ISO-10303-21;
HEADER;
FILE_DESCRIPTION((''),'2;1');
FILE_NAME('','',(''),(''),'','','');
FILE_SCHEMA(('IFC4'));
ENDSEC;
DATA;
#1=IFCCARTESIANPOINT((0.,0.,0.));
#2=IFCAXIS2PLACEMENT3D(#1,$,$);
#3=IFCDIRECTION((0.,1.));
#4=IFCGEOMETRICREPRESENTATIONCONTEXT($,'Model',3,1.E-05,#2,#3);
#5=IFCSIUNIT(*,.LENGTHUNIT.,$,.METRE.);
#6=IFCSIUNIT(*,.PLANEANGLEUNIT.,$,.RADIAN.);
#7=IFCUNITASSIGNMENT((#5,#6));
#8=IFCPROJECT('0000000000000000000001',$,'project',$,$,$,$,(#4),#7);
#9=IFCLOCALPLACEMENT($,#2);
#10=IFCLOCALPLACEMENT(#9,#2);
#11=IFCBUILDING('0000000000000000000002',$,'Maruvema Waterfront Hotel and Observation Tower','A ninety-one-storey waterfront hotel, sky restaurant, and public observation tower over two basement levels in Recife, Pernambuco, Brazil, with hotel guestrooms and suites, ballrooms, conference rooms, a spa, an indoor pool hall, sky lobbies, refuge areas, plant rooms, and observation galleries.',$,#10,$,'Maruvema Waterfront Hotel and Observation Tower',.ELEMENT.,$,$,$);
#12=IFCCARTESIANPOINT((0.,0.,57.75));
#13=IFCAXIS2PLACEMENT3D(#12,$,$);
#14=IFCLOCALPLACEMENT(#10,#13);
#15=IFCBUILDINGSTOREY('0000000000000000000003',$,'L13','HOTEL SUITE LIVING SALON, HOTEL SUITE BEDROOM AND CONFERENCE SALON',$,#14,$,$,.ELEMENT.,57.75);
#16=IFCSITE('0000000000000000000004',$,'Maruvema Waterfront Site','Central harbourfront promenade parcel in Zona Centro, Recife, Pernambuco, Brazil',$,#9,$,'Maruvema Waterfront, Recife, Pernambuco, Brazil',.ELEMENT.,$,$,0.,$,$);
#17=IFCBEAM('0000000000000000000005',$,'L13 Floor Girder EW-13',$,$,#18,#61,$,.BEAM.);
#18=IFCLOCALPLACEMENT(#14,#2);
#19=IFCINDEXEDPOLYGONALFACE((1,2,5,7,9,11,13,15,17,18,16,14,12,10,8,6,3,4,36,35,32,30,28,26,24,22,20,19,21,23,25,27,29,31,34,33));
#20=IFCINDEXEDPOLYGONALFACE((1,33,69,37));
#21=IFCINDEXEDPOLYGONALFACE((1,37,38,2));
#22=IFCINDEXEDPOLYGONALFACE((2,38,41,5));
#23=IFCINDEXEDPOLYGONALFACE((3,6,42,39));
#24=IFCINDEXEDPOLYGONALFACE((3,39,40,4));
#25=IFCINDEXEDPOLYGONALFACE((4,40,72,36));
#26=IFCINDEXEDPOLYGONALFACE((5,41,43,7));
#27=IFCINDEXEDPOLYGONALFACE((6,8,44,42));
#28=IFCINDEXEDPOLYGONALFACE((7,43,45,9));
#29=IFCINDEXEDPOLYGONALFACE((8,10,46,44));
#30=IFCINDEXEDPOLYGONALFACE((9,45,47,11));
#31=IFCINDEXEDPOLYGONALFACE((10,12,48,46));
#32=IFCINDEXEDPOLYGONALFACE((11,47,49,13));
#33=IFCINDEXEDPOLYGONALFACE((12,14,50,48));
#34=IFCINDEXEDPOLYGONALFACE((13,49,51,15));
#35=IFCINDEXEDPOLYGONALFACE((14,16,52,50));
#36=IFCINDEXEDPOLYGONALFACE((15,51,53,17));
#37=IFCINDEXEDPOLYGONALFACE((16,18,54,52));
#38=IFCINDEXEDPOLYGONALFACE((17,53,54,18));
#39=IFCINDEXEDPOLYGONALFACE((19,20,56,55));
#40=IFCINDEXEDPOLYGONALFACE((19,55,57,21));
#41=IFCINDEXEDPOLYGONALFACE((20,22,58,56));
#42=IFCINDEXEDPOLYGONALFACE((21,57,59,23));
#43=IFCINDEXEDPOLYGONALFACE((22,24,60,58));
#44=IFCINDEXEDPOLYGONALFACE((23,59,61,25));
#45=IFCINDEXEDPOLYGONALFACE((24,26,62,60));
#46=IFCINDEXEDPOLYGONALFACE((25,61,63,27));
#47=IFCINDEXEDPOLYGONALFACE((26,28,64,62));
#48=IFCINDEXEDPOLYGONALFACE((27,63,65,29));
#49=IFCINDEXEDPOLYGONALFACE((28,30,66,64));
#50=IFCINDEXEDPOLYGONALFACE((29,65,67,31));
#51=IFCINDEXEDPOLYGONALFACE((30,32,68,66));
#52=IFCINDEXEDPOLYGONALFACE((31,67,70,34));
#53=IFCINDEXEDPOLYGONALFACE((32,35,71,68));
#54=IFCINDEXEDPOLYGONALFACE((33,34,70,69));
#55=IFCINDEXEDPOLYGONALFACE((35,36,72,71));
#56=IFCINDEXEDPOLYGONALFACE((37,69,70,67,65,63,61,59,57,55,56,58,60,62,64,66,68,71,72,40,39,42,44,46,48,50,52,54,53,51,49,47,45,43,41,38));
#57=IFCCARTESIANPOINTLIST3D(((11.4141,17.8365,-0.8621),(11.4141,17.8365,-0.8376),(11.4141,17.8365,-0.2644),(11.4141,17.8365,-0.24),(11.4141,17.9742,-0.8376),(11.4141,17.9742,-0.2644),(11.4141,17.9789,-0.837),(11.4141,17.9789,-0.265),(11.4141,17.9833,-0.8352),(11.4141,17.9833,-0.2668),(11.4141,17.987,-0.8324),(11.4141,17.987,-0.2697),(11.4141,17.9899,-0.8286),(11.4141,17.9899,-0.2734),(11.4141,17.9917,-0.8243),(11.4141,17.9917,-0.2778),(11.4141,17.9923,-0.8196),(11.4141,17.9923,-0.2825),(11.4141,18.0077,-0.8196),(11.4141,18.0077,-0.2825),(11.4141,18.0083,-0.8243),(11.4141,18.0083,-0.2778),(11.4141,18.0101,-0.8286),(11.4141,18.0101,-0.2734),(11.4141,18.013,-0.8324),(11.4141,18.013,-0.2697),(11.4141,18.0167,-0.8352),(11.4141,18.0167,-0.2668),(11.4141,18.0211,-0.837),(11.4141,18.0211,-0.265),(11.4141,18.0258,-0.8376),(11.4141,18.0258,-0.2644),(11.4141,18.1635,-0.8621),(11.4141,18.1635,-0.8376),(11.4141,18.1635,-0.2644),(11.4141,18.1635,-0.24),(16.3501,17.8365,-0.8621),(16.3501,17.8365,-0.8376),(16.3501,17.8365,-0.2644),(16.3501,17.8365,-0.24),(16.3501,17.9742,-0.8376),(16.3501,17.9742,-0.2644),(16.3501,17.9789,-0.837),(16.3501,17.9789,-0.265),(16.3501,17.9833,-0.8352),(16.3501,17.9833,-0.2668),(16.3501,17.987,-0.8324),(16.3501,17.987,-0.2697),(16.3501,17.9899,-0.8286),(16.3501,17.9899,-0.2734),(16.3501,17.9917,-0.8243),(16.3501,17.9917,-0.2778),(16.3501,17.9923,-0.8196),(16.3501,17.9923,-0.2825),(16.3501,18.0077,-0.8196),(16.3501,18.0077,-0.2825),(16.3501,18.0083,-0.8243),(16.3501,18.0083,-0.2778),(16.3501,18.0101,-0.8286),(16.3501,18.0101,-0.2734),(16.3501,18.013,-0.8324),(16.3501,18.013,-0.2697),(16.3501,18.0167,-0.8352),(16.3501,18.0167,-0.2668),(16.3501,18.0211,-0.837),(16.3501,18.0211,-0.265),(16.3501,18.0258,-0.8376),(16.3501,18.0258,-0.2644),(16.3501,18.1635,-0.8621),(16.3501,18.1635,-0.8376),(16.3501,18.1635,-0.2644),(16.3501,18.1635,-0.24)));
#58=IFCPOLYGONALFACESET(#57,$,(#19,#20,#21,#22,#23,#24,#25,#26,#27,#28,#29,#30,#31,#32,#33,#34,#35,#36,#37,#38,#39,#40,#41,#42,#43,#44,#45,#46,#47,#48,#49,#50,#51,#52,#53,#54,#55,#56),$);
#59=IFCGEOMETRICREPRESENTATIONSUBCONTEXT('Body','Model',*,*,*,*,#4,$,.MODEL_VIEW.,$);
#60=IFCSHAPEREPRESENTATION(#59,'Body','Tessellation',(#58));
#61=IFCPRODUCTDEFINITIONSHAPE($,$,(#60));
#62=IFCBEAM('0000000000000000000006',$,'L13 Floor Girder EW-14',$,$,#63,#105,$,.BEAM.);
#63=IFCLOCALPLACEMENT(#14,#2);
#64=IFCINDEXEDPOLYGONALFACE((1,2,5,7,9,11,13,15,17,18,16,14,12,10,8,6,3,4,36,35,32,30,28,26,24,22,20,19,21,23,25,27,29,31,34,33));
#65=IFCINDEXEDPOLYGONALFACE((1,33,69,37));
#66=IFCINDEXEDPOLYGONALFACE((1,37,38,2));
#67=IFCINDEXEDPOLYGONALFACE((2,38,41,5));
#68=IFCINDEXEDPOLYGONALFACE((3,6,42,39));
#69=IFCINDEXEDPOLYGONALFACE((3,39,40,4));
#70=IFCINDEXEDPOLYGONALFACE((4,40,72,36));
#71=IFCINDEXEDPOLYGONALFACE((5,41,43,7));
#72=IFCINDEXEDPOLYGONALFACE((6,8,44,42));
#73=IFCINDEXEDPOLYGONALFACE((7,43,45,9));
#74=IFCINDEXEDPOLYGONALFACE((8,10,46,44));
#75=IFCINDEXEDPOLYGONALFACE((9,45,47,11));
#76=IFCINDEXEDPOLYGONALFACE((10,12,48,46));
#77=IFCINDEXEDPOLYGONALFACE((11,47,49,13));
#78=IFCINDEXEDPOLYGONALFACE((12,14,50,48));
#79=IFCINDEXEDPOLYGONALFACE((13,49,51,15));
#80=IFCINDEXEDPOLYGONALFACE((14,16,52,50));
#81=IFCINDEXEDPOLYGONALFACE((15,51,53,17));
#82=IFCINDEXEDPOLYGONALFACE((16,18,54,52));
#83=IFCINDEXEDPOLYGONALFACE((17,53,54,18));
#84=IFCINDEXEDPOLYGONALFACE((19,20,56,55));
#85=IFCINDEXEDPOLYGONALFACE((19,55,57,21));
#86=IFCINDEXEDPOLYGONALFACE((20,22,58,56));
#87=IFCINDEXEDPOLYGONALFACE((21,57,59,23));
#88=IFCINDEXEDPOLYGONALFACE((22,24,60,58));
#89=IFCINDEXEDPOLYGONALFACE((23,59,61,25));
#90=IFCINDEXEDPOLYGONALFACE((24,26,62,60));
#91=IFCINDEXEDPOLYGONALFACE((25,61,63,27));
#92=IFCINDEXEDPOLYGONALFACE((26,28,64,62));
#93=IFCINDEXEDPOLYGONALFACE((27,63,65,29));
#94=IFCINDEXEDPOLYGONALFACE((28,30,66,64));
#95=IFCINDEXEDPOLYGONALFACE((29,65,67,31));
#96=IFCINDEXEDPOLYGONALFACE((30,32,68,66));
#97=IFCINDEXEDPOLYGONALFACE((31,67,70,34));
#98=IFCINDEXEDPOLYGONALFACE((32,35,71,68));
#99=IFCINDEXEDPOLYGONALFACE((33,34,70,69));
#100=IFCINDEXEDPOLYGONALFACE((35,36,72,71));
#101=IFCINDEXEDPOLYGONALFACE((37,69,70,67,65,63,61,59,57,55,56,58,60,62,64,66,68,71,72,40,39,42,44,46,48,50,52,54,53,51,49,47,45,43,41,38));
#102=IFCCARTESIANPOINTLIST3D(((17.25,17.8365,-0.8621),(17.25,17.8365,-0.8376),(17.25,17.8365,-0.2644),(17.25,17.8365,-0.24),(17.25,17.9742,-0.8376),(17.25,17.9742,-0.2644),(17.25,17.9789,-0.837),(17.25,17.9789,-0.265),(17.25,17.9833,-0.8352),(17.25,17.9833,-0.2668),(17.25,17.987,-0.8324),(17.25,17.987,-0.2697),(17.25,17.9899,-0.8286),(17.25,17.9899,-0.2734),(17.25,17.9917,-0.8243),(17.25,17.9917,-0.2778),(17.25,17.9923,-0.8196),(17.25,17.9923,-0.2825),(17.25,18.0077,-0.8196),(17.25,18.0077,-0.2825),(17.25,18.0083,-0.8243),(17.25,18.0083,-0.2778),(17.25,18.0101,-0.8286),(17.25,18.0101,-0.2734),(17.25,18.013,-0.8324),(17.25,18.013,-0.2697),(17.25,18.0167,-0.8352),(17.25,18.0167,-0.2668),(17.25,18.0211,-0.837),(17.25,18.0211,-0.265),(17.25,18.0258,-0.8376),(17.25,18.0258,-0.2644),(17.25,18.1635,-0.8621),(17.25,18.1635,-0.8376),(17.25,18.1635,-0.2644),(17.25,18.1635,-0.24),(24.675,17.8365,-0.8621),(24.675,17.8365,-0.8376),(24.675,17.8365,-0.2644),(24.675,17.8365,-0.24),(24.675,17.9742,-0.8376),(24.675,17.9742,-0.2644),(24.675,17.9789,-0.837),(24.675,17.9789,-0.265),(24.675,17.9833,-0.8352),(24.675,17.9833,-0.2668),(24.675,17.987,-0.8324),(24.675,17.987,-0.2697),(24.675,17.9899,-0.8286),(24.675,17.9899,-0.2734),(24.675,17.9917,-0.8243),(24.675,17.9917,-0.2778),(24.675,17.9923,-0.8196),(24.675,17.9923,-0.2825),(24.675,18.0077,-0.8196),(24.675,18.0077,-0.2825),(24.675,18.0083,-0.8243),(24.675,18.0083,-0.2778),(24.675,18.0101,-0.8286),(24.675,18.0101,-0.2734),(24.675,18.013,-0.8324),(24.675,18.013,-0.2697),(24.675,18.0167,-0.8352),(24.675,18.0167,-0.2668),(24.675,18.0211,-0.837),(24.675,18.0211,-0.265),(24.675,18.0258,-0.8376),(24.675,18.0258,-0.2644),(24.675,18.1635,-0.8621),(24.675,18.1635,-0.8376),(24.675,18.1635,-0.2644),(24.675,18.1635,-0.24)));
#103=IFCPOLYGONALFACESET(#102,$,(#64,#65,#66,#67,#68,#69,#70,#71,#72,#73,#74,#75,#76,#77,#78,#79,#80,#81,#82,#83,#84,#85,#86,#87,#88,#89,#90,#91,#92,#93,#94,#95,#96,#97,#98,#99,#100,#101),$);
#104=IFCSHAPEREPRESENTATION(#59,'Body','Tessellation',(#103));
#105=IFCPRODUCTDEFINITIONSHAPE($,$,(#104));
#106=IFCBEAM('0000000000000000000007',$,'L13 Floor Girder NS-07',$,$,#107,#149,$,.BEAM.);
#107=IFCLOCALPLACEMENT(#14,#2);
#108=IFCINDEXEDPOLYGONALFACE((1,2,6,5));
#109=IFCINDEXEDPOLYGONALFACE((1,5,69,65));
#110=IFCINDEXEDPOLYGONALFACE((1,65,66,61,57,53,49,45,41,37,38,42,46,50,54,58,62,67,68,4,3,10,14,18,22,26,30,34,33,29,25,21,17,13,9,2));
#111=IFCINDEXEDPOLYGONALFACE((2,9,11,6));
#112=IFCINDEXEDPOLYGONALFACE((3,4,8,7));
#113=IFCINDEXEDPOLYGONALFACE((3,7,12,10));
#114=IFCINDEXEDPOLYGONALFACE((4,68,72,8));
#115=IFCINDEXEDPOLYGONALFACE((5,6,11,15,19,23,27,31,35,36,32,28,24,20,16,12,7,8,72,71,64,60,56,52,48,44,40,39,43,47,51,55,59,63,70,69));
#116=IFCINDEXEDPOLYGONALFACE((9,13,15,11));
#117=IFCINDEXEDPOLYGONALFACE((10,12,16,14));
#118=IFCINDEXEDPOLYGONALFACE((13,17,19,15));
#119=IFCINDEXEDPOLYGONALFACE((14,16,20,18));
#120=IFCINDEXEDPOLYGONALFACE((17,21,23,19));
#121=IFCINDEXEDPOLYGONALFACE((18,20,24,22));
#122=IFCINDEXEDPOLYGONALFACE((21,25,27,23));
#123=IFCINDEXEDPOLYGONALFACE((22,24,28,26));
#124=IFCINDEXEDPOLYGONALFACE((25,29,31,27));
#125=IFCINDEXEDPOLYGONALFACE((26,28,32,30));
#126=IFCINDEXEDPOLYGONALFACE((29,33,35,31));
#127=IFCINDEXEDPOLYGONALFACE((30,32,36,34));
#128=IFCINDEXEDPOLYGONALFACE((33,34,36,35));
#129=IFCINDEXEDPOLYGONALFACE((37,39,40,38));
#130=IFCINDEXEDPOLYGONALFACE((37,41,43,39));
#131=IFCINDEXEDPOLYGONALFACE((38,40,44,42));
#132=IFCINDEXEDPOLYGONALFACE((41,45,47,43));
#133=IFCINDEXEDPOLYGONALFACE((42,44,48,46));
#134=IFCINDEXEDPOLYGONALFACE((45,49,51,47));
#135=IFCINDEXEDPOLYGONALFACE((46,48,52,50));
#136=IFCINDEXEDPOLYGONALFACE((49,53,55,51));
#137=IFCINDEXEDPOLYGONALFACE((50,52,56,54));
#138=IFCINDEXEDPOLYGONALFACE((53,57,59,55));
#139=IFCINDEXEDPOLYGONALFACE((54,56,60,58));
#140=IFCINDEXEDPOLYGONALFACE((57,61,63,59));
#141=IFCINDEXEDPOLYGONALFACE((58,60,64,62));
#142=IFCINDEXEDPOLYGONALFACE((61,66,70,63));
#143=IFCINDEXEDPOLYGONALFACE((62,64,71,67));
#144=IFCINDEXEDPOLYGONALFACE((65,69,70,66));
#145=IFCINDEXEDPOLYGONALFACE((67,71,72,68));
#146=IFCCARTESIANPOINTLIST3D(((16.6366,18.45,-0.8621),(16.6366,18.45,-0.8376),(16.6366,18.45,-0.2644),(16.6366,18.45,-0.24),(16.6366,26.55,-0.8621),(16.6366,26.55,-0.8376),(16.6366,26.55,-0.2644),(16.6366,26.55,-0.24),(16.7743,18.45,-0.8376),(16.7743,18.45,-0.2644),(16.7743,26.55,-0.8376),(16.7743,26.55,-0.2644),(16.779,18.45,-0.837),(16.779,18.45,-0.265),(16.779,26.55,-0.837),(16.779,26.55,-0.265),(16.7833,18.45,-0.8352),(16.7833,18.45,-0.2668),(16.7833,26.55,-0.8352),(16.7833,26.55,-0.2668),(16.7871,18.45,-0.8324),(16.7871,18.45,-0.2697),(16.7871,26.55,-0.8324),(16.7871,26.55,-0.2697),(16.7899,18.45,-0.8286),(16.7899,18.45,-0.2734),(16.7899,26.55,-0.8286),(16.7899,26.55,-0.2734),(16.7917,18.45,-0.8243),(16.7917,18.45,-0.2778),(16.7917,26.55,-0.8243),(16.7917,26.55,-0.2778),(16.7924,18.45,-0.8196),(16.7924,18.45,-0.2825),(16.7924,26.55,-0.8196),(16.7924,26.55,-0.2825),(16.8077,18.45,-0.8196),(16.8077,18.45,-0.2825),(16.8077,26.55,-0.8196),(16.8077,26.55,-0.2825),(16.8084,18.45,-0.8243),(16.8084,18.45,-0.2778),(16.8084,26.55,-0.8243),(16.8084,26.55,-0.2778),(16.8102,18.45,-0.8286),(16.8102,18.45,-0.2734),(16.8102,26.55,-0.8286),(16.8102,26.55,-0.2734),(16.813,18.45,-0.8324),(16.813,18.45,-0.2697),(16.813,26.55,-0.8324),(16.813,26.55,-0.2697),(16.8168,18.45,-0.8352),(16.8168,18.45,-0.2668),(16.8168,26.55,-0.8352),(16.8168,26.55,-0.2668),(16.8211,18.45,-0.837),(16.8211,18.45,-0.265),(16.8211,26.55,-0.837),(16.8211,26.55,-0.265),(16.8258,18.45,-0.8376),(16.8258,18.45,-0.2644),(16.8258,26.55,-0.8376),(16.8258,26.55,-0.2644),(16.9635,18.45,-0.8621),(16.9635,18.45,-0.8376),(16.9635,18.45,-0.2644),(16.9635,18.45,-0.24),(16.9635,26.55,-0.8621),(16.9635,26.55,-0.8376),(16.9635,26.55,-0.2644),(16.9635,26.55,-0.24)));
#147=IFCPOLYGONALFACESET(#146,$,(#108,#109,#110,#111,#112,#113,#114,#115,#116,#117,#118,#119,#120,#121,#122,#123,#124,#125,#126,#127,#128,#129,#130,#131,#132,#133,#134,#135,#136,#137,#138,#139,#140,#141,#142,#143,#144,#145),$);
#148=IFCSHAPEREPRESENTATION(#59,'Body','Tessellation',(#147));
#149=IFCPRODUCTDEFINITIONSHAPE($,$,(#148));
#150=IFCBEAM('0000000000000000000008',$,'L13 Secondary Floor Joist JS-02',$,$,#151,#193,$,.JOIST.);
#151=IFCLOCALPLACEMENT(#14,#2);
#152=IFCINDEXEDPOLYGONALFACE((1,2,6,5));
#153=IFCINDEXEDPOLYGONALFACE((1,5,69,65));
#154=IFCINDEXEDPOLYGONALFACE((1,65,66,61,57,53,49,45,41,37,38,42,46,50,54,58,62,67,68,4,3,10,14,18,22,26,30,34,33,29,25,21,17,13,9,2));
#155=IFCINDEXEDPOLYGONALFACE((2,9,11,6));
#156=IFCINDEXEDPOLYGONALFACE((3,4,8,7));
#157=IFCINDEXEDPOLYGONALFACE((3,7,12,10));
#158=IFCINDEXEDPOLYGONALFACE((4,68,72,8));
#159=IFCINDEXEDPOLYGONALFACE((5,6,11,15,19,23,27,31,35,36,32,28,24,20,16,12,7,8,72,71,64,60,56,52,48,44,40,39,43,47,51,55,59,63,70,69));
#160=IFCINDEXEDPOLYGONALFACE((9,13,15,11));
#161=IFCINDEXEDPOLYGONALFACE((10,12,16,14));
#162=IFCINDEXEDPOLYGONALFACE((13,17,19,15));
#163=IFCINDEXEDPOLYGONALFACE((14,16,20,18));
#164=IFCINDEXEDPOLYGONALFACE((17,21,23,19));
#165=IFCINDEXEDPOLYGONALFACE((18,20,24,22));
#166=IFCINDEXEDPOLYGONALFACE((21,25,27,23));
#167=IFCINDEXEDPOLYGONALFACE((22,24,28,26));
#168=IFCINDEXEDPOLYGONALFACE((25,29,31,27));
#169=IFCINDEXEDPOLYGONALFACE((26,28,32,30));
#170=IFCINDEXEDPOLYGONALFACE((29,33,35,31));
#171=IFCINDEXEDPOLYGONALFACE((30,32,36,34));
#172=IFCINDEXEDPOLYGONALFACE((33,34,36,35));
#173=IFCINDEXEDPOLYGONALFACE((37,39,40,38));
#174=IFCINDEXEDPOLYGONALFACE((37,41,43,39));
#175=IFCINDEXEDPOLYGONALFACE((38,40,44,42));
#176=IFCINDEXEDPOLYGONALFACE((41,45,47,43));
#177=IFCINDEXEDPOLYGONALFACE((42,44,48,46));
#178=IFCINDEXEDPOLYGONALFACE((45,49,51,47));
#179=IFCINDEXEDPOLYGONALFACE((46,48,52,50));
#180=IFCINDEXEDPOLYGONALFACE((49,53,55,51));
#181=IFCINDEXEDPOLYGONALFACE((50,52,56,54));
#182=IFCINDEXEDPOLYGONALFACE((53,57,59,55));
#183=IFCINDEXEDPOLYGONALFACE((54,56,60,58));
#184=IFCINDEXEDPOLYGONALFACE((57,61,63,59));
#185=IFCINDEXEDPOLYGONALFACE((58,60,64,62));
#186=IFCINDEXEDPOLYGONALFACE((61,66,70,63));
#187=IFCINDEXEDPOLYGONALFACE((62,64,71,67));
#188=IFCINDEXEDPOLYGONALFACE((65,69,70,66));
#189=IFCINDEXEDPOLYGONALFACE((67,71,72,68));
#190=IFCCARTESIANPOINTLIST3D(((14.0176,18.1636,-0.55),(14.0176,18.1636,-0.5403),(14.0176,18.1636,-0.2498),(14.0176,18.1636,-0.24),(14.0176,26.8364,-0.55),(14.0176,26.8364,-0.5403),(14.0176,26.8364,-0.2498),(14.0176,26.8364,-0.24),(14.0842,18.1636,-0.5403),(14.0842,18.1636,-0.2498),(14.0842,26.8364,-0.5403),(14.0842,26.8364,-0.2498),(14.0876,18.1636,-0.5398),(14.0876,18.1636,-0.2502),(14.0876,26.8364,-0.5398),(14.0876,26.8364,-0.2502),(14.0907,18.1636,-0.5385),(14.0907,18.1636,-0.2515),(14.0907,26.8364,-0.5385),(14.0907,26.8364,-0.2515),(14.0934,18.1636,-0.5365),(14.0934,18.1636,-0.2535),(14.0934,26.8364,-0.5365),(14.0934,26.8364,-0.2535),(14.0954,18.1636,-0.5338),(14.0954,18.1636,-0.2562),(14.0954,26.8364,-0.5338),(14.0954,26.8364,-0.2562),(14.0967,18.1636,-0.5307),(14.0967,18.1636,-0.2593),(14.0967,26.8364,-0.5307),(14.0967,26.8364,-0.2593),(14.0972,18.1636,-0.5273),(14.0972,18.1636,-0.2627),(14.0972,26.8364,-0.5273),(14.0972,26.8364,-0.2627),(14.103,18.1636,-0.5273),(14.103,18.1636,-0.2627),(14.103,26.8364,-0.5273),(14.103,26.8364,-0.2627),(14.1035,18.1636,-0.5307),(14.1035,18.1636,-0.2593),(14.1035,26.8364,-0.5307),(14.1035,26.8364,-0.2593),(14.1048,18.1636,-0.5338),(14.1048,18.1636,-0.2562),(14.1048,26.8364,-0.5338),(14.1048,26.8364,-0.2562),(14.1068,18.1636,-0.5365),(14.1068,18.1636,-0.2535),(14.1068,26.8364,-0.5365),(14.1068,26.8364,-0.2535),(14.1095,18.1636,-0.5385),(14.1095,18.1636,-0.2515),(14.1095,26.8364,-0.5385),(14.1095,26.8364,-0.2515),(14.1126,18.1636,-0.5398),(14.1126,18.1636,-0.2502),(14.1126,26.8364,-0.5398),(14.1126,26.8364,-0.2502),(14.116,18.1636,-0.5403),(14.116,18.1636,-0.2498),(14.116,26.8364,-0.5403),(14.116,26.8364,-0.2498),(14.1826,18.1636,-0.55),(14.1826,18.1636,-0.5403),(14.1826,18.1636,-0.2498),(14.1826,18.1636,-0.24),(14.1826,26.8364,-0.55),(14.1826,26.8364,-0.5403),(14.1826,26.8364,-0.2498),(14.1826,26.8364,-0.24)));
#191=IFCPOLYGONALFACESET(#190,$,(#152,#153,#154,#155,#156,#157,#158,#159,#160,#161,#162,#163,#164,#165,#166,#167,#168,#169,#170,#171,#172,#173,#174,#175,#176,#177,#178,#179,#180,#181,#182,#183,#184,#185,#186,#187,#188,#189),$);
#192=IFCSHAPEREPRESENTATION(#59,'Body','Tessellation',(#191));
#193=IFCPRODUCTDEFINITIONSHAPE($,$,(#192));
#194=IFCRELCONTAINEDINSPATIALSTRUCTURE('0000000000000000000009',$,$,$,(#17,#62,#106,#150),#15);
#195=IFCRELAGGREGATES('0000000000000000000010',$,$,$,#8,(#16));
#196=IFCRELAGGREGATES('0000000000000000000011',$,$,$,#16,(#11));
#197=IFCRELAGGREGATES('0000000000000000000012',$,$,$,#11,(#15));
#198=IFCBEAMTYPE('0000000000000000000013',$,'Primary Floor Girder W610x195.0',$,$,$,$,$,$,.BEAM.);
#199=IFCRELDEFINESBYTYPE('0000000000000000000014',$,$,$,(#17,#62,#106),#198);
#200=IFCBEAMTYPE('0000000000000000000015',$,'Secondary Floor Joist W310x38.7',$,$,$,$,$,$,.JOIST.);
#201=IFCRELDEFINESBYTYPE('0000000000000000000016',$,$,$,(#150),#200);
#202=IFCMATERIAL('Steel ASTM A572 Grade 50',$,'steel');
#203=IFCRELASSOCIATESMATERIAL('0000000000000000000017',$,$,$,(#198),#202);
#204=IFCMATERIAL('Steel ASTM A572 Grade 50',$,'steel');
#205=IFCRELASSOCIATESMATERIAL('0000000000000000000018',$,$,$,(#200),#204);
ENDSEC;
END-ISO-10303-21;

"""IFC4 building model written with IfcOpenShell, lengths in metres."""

from ifc_helpers import new_model, si_unit, direction, frame, origin, origin_2d, place, context, subcontext, project, spatial, i_section, extrude, material, material_profile, profile_set, type_object, element, save


model = new_model("IFC4")

# Units and contexts
model_context = context("Model", 3, precision=1e-05, world=origin(), true_north=direction((0.0, 1.0)))
body_context = subcontext(model_context, "Body", "Model", "MODEL_VIEW")
ifc_project = project(units=[si_unit("LENGTHUNIT", "METRE"), si_unit("PLANEANGLEUNIT", "RADIAN")], contexts=[model_context])

# Site, building, storey
site_placement = place(None, origin())
site = spatial("IfcSite", under=ifc_project, at=site_placement, Name="Maruvema Waterfront Site", Description="Central harbourfront promenade parcel in Zona Centro, Recife, Pernambuco, Brazil", LongName="Maruvema Waterfront, Recife, Pernambuco, Brazil", CompositionType="ELEMENT", RefElevation=0.0)
building_placement = place(site_placement, origin())
building = spatial("IfcBuilding", under=site, at=building_placement, Name="Maruvema Waterfront Hotel and Observation Tower", Description="A ninety-one-storey waterfront hotel, sky restaurant, and public observation tower over two basement levels in Recife, Pernambuco, Brazil, with hotel guestrooms and suites, ballrooms, conference rooms, a spa, an indoor pool hall, sky lobbies, refuge areas, plant rooms, and observation galleries.", LongName="Maruvema Waterfront Hotel and Observation Tower", CompositionType="ELEMENT")
storey_placement = place(building_placement, frame((0.0, 0.0, 57.75)))
storey = spatial("IfcBuildingStorey", under=building, at=storey_placement, Name="L13", Description="HOTEL SUITE LIVING SALON, HOTEL SUITE BEDROOM AND CONFERENCE SALON", CompositionType="ELEMENT", Elevation=57.75)

# Beams
ifc_material_1 = material(Name="Steel ASTM A572 Grade 50", Category="steel")
ifc_material_profile_1 = material_profile(ifc_material_1, i_section(OverallWidth=0.3269, OverallDepth=0.6221, WebThickness=0.0154, FlangeThickness=0.0244, FilletRadius=0.0181, at=origin_2d()), Name="W610x195.0")
ifc_profile_set_1 = profile_set([ifc_material_profile_1], Name="Steel ASTM A572 Grade 50")
beam_type_1 = type_object("IfcBeamType", Name="Primary Floor Girder W610x195.0", PredefinedType="BEAM", material=ifc_profile_set_1)
beam_1_placement = place(storey_placement, frame((11.4141, 18.0, -0.551), z_axis=(1.0, 0.0, 0.0), x_axis=(0.0, 1.0, 0.0)))
element("IfcBeam", 1, at=beam_1_placement, inside=storey, type_object=beam_type_1, Name="L13 Floor Girder EW-13", PredefinedType="BEAM", context=body_context, shape_type="SweptSolid", body=[
    extrude(i_section(OverallWidth=0.3269, OverallDepth=0.6221, WebThickness=0.0154, FlangeThickness=0.0244, FilletRadius=0.0181, at=origin_2d()), origin(), (0.0, 0.0, 1.0), 4.936),
])
beam_2_placement = place(storey_placement, frame((17.25, 18.0, -0.551), z_axis=(1.0, 0.0, 0.0), x_axis=(0.0, 1.0, 0.0)))
element("IfcBeam", 2, at=beam_2_placement, inside=storey, type_object=beam_type_1, Name="L13 Floor Girder EW-14", PredefinedType="BEAM", context=body_context, shape_type="SweptSolid", body=[
    extrude(i_section(OverallWidth=0.3269, OverallDepth=0.6221, WebThickness=0.0154, FlangeThickness=0.0244, FilletRadius=0.0181, at=origin_2d()), origin(), (0.0, 0.0, 1.0), 7.425),
])
beam_3_placement = place(storey_placement, frame((16.8, 18.45, -0.551), z_axis=(0.0, 1.0, 0.0), x_axis=(-1.0, 0.0, 0.0)))
element("IfcBeam", 3, at=beam_3_placement, inside=storey, type_object=beam_type_1, Name="L13 Floor Girder NS-07", PredefinedType="BEAM", context=body_context, shape_type="SweptSolid", body=[
    extrude(i_section(OverallWidth=0.3269, OverallDepth=0.6221, WebThickness=0.0154, FlangeThickness=0.0244, FilletRadius=0.0181, at=origin_2d()), origin(), (0.0, 0.0, 1.0), 8.1001),
])
ifc_material_2 = material(Name="Steel ASTM A572 Grade 50", Category="steel")
ifc_material_profile_2 = material_profile(ifc_material_2, i_section(OverallWidth=0.165, OverallDepth=0.3101, WebThickness=0.0059, FlangeThickness=0.0098, FilletRadius=0.0129, at=origin_2d()), Name="W310x38.7")
ifc_profile_set_2 = profile_set([ifc_material_profile_2], Name="Steel ASTM A572 Grade 50")
beam_type_2 = type_object("IfcBeamType", Name="Secondary Floor Joist W310x38.7", PredefinedType="JOIST", material=ifc_profile_set_2)
beam_4_placement = place(storey_placement, frame((14.1001, 18.1636, -0.395), z_axis=(0.0, 1.0, 0.0), x_axis=(-1.0, 0.0, 0.0)))
element("IfcBeam", 4, at=beam_4_placement, inside=storey, type_object=beam_type_2, Name="L13 Secondary Floor Joist JS-02", PredefinedType="JOIST", context=body_context, shape_type="SweptSolid", body=[
    extrude(i_section(OverallWidth=0.165, OverallDepth=0.3101, WebThickness=0.0059, FlangeThickness=0.0098, FilletRadius=0.0129, at=origin_2d()), origin(), (0.0, 0.0, 1.0), 8.6729),
])

save(model, "model.ifc")
